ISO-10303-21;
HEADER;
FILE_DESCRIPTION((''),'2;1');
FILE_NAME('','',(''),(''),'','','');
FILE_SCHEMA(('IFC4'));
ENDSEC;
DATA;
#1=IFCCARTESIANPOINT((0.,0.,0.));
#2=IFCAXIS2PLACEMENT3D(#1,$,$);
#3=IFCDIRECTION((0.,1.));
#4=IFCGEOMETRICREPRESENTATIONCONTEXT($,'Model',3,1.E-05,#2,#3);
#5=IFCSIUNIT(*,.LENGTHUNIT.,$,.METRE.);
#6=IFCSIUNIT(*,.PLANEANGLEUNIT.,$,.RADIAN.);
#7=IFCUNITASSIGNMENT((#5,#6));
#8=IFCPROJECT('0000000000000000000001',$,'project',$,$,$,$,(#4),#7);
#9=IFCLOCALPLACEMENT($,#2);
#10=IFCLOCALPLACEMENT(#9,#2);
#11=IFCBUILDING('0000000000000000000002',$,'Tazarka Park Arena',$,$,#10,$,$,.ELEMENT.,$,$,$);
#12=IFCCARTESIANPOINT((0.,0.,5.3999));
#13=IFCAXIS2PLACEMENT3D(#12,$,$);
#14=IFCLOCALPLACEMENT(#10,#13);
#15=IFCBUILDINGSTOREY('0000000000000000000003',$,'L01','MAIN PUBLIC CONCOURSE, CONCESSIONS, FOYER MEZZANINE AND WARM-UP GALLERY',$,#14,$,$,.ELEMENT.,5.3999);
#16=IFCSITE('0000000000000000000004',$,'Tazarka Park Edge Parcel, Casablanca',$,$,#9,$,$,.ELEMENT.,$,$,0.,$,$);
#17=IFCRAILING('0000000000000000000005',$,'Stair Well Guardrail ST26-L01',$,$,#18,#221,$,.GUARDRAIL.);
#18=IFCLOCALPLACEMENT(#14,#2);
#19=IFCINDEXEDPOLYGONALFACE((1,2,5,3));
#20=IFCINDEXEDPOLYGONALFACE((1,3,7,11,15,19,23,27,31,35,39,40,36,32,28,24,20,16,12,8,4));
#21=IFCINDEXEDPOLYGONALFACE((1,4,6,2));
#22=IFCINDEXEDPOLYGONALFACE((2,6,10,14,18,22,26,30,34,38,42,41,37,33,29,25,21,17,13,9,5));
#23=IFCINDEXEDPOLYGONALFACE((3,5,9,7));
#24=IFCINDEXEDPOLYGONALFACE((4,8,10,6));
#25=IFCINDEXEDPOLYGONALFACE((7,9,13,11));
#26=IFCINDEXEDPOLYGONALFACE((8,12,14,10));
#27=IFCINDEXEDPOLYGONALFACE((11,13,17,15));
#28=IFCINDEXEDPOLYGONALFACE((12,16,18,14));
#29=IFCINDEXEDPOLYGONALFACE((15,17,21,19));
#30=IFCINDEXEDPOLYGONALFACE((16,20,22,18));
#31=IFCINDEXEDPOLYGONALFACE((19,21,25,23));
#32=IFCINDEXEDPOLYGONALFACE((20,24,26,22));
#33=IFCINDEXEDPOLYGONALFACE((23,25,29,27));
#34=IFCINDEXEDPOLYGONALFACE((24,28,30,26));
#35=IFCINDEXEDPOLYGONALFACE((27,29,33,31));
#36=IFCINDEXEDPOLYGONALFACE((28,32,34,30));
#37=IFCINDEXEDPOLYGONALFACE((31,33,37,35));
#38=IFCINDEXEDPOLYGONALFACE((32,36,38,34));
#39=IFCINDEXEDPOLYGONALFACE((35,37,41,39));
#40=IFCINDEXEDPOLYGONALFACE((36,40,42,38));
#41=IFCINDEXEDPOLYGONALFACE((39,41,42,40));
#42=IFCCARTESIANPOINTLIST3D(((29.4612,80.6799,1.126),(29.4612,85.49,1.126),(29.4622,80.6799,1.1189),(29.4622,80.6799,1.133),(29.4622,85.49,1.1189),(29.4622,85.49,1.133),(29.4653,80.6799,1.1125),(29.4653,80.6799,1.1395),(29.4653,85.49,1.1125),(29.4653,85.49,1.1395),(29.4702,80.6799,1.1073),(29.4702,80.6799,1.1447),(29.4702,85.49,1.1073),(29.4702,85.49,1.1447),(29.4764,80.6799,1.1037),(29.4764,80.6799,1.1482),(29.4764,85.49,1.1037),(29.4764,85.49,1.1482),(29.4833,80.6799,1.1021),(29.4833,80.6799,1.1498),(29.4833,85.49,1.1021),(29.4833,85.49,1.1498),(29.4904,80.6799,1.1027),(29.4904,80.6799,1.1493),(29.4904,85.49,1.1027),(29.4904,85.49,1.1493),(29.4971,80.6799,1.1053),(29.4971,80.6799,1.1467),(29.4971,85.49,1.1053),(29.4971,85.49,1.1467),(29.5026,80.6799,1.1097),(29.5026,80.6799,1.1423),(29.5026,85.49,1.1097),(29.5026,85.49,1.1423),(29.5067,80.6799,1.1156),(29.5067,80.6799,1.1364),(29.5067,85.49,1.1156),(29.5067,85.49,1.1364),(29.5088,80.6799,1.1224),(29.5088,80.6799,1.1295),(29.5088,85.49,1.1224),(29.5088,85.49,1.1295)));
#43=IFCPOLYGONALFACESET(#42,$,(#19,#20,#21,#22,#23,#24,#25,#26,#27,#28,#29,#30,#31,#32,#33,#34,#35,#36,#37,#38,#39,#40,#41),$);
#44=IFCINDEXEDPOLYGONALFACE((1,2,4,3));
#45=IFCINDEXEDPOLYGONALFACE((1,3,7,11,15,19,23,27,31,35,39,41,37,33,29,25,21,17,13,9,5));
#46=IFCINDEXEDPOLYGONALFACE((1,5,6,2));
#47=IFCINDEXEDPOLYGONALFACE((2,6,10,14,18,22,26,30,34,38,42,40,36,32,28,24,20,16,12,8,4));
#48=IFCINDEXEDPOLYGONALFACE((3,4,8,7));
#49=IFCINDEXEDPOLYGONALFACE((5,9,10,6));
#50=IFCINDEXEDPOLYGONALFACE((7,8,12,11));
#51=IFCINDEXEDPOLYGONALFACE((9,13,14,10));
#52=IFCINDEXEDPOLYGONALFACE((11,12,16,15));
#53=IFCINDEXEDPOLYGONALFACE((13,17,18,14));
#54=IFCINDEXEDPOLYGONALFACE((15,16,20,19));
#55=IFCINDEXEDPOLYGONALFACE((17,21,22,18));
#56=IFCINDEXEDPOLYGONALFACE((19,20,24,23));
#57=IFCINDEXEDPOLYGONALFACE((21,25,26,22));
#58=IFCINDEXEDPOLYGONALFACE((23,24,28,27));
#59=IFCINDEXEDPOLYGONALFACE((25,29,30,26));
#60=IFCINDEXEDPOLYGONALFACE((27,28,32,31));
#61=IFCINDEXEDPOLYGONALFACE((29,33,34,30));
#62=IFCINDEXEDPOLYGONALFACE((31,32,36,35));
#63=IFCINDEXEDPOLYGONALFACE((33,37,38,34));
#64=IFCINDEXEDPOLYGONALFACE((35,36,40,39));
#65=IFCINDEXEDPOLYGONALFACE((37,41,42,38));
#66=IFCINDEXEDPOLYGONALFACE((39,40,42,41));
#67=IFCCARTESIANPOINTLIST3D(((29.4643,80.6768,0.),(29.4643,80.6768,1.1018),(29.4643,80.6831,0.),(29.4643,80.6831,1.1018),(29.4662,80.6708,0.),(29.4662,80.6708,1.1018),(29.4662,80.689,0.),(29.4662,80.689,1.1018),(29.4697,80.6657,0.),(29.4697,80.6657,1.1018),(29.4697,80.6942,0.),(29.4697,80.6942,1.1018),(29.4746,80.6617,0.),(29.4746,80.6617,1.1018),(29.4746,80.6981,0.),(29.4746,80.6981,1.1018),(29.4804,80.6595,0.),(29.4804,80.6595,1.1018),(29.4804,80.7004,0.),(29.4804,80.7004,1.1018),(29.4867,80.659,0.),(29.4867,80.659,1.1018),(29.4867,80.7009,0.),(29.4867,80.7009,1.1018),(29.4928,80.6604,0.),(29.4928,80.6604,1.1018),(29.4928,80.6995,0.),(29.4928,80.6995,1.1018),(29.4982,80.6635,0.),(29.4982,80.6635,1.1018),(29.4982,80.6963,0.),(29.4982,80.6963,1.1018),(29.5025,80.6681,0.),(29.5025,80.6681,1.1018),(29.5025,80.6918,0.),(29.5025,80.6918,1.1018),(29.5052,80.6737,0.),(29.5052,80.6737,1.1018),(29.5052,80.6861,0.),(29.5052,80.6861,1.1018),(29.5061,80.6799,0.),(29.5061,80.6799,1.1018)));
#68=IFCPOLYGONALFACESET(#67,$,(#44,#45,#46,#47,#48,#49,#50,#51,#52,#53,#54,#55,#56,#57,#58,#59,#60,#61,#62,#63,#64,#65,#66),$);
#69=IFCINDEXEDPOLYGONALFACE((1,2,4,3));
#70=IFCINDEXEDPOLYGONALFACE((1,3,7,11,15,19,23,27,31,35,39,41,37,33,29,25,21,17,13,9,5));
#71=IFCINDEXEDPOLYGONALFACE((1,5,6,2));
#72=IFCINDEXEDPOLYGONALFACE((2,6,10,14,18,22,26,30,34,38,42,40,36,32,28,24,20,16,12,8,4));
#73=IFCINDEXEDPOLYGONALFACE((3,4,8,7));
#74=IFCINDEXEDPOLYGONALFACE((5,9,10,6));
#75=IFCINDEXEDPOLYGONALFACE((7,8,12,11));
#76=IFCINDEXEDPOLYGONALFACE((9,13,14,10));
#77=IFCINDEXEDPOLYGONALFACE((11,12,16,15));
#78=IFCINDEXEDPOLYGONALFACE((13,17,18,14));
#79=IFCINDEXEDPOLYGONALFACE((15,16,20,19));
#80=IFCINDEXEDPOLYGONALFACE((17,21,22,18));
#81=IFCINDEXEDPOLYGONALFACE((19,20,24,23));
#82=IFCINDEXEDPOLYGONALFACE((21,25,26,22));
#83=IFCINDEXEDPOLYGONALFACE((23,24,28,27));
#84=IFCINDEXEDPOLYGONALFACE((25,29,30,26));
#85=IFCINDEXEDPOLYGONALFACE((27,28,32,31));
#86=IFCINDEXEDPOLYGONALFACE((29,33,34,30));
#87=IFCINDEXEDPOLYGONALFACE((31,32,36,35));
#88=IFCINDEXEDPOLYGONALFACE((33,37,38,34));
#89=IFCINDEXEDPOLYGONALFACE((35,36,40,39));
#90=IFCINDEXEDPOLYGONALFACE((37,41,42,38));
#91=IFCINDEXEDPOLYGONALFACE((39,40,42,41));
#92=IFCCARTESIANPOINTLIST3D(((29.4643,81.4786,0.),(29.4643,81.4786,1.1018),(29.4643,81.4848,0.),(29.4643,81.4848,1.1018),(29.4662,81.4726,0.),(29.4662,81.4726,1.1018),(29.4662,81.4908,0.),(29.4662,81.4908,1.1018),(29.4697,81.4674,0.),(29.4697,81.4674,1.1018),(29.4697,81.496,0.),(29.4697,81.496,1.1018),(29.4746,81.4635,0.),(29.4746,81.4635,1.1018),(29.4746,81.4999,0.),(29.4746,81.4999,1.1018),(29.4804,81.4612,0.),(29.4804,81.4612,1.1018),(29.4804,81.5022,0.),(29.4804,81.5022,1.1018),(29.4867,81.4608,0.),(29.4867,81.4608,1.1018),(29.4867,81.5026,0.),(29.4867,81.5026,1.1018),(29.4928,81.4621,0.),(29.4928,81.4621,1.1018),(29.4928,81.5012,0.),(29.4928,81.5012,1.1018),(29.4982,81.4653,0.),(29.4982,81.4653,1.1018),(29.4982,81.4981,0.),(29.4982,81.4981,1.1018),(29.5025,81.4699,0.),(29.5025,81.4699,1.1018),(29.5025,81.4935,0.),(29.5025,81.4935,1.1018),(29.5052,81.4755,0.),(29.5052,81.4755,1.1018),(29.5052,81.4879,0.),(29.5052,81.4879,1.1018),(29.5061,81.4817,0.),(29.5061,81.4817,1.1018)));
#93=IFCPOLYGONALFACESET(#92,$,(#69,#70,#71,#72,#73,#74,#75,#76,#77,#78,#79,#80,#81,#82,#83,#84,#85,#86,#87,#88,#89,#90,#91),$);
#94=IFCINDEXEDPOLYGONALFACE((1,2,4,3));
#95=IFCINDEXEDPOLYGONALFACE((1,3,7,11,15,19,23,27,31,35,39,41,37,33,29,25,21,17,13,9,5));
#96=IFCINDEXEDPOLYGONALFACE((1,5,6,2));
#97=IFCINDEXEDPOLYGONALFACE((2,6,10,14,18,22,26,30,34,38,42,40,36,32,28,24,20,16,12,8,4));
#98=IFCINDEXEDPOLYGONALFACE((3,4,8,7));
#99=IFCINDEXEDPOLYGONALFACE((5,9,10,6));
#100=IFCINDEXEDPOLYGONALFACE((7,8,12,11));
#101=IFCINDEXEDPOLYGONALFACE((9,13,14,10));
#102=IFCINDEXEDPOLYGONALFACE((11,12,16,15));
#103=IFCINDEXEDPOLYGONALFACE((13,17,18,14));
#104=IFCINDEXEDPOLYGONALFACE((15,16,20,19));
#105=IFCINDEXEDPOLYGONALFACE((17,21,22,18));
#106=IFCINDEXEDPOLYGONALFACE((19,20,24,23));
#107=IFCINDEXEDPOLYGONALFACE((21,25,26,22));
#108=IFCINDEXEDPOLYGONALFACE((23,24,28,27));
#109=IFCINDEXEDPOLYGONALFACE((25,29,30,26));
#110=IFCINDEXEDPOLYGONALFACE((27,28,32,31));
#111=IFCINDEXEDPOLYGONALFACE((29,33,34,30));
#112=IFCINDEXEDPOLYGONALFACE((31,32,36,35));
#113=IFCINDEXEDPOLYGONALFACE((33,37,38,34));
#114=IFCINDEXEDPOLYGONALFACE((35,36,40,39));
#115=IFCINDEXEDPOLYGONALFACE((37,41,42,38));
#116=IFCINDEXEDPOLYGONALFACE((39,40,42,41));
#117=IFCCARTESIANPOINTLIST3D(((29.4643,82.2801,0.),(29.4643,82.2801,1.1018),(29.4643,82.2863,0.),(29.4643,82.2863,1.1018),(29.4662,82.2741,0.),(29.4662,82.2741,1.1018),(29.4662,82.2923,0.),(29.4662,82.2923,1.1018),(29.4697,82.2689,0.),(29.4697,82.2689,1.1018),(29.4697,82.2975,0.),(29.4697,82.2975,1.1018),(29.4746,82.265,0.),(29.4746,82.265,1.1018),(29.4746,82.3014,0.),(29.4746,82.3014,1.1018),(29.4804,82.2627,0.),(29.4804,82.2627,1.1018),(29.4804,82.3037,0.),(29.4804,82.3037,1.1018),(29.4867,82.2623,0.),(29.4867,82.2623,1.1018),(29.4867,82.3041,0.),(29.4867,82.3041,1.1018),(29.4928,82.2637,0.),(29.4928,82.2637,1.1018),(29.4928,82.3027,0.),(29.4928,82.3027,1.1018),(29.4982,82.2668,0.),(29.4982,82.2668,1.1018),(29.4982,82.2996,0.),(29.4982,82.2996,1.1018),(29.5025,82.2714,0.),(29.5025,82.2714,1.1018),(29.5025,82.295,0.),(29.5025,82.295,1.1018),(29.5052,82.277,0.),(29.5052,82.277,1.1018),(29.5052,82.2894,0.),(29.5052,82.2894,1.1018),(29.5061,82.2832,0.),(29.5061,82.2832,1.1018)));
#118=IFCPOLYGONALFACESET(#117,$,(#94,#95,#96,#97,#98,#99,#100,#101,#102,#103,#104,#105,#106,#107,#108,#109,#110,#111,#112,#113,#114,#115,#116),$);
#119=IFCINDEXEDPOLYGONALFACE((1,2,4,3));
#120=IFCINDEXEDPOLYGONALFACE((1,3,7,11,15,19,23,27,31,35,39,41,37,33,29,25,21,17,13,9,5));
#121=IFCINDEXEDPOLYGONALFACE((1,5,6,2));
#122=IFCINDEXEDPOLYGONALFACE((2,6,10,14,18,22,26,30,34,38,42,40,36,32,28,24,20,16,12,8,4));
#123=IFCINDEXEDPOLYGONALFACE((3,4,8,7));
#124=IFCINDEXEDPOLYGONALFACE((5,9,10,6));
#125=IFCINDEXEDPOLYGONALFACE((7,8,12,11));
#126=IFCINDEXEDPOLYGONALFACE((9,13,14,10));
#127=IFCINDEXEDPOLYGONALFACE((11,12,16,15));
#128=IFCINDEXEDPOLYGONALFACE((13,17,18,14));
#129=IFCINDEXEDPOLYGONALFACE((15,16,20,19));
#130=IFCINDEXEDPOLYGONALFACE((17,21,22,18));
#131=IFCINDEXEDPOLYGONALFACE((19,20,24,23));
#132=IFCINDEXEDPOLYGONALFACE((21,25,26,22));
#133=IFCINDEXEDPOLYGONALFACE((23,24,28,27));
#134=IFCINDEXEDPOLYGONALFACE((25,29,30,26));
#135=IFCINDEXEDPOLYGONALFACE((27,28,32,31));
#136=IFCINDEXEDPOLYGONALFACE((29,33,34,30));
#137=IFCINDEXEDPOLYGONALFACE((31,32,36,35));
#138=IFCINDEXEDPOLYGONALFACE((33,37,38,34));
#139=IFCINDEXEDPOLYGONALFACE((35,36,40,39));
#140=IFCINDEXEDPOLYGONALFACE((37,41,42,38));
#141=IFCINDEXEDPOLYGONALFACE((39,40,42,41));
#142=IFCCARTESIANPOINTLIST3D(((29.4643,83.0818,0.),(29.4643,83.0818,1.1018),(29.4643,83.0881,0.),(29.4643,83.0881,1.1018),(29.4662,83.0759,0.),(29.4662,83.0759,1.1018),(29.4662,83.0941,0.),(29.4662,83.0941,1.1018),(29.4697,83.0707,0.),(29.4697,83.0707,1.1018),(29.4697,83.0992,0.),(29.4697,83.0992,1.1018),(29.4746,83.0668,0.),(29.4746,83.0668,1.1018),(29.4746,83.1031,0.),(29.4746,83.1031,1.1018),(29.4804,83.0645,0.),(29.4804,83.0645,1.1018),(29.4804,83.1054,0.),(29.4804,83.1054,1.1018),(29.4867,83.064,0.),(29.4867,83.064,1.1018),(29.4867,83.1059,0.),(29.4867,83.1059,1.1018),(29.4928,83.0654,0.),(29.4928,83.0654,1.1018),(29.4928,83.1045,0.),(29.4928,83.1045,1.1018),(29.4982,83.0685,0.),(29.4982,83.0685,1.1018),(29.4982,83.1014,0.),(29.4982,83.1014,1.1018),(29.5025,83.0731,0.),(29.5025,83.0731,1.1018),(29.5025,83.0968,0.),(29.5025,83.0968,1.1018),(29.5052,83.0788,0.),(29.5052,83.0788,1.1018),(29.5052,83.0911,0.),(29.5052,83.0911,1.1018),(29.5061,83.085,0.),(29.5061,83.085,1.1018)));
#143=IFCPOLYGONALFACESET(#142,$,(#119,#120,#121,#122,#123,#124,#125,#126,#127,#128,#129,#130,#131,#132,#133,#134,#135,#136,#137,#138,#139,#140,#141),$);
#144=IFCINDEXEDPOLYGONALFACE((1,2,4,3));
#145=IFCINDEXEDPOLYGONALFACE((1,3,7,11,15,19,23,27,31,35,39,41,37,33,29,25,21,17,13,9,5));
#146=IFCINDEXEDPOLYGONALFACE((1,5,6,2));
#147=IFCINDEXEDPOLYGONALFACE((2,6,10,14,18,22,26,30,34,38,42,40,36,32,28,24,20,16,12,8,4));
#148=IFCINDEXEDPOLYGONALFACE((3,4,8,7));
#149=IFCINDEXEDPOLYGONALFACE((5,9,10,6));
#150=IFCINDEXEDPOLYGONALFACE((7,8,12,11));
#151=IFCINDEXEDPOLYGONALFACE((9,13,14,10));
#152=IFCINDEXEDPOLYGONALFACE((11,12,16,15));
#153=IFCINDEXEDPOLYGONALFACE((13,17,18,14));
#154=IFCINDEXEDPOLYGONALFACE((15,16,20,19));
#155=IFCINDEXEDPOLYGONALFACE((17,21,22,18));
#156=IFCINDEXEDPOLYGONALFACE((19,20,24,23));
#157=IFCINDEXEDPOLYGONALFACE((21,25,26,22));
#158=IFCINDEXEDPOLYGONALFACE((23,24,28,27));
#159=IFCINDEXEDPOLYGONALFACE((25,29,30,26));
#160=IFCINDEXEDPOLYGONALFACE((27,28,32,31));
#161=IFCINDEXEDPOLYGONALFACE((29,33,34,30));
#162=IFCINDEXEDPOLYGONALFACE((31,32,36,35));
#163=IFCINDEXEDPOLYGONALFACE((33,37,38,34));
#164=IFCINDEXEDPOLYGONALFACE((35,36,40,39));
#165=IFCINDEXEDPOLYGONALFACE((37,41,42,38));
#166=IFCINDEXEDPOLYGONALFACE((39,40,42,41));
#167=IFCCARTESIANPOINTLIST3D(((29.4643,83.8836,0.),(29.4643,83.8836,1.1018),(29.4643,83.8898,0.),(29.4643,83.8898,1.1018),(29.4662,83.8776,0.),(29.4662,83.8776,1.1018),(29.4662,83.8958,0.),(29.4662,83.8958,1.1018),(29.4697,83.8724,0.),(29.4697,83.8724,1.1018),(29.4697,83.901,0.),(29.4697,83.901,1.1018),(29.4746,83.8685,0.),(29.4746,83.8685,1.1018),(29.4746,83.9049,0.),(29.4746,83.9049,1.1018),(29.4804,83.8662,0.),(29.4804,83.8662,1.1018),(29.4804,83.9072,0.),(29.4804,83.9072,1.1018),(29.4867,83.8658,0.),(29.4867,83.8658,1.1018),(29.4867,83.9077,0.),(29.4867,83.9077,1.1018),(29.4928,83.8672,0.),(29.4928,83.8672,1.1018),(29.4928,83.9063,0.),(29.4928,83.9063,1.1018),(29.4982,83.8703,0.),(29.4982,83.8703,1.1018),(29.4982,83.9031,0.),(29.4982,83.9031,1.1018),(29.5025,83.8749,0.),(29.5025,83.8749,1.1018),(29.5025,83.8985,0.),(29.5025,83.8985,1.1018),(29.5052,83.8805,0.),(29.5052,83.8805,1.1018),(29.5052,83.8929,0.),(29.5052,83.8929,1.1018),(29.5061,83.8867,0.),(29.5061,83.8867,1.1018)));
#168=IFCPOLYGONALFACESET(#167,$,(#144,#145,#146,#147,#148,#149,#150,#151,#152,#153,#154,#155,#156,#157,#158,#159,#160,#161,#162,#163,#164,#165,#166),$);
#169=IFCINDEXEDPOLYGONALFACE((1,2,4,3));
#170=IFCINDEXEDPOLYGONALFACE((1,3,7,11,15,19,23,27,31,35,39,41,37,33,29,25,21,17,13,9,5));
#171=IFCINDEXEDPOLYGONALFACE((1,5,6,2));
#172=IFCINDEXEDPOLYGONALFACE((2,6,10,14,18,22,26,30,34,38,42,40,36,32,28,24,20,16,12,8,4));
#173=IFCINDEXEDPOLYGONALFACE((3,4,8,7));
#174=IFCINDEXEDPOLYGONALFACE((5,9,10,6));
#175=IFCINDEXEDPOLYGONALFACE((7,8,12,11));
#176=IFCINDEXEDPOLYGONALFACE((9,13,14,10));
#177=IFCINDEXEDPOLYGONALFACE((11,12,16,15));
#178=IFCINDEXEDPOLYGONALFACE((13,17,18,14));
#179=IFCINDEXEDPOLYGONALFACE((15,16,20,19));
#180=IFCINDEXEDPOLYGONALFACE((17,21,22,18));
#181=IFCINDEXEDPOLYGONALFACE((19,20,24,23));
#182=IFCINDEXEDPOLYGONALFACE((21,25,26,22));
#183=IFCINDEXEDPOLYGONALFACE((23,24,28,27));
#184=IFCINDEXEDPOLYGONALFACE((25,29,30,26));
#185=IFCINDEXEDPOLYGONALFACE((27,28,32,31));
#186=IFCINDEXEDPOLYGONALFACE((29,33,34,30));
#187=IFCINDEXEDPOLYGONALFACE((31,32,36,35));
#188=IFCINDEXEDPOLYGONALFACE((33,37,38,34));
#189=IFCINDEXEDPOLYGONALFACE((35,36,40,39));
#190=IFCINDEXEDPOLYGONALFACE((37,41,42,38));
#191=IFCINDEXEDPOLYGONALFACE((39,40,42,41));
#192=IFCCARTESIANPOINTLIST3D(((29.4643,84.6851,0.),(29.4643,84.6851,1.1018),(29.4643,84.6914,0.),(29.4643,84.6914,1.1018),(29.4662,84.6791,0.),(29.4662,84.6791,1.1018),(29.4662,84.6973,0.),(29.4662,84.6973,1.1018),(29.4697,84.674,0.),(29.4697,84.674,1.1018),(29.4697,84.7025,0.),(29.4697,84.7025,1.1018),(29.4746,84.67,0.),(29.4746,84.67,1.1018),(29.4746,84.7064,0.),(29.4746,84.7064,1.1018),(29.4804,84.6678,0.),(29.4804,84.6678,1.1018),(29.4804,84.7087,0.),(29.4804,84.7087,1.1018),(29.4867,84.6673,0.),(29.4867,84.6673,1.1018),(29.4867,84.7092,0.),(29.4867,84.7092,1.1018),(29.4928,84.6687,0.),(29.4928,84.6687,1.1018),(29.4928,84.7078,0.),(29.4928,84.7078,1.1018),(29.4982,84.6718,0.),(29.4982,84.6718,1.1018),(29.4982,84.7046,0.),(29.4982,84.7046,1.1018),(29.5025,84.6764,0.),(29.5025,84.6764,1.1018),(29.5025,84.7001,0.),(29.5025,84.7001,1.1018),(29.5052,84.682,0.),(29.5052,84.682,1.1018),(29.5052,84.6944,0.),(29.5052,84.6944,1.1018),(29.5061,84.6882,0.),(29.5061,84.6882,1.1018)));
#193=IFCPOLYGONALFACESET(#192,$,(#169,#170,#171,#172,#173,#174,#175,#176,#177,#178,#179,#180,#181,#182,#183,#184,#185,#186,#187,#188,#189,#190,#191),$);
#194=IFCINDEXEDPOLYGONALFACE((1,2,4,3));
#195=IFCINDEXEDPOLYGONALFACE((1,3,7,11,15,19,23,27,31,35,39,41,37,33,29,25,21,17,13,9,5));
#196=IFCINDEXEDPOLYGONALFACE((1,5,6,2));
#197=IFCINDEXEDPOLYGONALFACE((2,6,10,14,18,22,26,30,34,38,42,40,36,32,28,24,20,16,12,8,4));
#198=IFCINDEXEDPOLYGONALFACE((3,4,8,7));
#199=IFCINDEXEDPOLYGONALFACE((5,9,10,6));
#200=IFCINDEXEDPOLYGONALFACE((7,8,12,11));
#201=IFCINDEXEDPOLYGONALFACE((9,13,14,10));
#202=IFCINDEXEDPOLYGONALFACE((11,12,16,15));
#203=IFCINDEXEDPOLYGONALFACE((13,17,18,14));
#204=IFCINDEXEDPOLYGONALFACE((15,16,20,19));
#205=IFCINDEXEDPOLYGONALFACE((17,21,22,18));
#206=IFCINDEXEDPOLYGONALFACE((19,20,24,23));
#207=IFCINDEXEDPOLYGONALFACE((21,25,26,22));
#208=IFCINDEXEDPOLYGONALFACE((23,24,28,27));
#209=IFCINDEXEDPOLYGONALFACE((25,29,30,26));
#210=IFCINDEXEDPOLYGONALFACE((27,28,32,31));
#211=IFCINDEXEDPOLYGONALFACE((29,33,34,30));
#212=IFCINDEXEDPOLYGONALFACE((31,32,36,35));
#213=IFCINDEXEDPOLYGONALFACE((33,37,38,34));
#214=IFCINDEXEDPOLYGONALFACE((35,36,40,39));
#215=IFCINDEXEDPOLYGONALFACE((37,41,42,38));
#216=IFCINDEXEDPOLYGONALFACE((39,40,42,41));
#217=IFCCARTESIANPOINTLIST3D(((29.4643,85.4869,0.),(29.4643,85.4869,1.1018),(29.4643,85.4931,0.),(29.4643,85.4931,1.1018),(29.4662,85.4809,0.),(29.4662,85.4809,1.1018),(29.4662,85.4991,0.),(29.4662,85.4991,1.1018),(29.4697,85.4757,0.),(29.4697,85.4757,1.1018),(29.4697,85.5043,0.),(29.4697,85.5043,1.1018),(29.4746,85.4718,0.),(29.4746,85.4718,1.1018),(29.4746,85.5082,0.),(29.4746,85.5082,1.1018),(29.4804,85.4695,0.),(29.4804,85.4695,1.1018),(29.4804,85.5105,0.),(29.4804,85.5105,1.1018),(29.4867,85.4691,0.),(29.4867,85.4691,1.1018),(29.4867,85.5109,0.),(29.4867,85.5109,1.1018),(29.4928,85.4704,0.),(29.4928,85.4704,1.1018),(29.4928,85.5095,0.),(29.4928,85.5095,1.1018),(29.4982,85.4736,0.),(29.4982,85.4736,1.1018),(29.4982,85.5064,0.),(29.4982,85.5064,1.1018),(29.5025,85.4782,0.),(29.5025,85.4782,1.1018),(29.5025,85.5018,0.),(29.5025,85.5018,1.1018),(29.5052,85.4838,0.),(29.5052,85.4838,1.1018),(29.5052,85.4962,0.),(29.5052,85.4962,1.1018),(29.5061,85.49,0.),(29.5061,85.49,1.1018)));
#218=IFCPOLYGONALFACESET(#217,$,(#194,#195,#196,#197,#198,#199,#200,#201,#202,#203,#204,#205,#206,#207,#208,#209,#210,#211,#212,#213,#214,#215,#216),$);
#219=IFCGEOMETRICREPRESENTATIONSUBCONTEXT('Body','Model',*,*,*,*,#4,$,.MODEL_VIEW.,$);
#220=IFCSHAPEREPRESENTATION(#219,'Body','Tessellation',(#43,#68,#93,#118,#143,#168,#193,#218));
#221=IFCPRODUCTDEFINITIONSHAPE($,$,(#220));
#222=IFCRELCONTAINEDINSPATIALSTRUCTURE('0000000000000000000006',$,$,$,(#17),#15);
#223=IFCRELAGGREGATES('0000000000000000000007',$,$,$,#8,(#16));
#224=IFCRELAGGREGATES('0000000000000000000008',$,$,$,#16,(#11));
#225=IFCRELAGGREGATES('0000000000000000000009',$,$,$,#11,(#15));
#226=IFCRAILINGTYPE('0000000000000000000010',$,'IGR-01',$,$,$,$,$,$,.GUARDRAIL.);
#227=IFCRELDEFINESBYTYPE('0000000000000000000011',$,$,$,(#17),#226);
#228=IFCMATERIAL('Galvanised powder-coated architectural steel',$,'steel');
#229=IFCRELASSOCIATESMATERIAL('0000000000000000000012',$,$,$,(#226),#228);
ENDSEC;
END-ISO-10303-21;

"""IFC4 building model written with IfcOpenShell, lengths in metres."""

from ifc_helpers import new_model, si_unit, direction, frame, origin, origin_2d, place, context, subcontext, project, spatial, circle, extrude, material, type_object, element, save


model = new_model("IFC4")

# Units and contexts
model_context = context("Model", 3, precision=1e-05, world=origin(), true_north=direction((0.0, 1.0)))
body_context = subcontext(model_context, "Body", "Model", "MODEL_VIEW")
ifc_project = project(units=[si_unit("LENGTHUNIT", "METRE"), si_unit("PLANEANGLEUNIT", "RADIAN")], contexts=[model_context])

# Site, building, storey
site_placement = place(None, origin())
site = spatial("IfcSite", under=ifc_project, at=site_placement, Name="Tazarka Park Edge Parcel, Casablanca", CompositionType="ELEMENT", RefElevation=0.0)
building_placement = place(site_placement, origin())
building = spatial("IfcBuilding", under=site, at=building_placement, Name="Tazarka Park Arena", CompositionType="ELEMENT")
storey_placement = place(building_placement, frame((0.0, 0.0, 5.3999)))
storey = spatial("IfcBuildingStorey", under=building, at=storey_placement, Name="L01", Description="MAIN PUBLIC CONCOURSE, CONCESSIONS, FOYER MEZZANINE AND WARM-UP GALLERY", CompositionType="ELEMENT", Elevation=5.3999)

# Railing
ifc_material_1 = material(Name="Galvanised powder-coated architectural steel", Category="steel")
railing_type = type_object("IfcRailingType", Name="IGR-01", PredefinedType="GUARDRAIL", material=ifc_material_1)
railing_1_placement = place(storey_placement, frame((29.4851, 80.6799, 0.0)))
element("IfcRailing", 1, at=railing_1_placement, inside=storey, type_object=railing_type, Name="Stair Well Guardrail ST26-L01", PredefinedType="GUARDRAIL", context=body_context, shape_type="SweptSolid", body=[
    extrude(circle(Radius=0.0239, at=origin_2d()), frame((0.0, 0.0, 1.126), z_axis=(0.0, 1.0, 0.0), x_axis=(-1.0, 0.0, 0.0)), (0.0, 0.0, 1.0), 4.8101),
    extrude(circle(Radius=0.021, at=origin_2d()), origin(), (0.0, 0.0, 1.0), 1.1018),
    extrude(circle(Radius=0.021, at=origin_2d()), frame((0.0, 0.8018, 0.0)), (0.0, 0.0, 1.0), 1.1018),
    extrude(circle(Radius=0.021, at=origin_2d()), frame((0.0, 1.6033, 0.0)), (0.0, 0.0, 1.0), 1.1018),
    extrude(circle(Radius=0.021, at=origin_2d()), frame((0.0, 2.405, 0.0)), (0.0, 0.0, 1.0), 1.1018),
    extrude(circle(Radius=0.021, at=origin_2d()), frame((0.0, 3.2068, 0.0)), (0.0, 0.0, 1.0), 1.1018),
    extrude(circle(Radius=0.021, at=origin_2d()), frame((0.0, 4.0083, 0.0)), (0.0, 0.0, 1.0), 1.1018),
    extrude(circle(Radius=0.021, at=origin_2d()), frame((0.0, 4.8101, 0.0)), (0.0, 0.0, 1.0), 1.1018),
])

save(model, "model.ifc")
